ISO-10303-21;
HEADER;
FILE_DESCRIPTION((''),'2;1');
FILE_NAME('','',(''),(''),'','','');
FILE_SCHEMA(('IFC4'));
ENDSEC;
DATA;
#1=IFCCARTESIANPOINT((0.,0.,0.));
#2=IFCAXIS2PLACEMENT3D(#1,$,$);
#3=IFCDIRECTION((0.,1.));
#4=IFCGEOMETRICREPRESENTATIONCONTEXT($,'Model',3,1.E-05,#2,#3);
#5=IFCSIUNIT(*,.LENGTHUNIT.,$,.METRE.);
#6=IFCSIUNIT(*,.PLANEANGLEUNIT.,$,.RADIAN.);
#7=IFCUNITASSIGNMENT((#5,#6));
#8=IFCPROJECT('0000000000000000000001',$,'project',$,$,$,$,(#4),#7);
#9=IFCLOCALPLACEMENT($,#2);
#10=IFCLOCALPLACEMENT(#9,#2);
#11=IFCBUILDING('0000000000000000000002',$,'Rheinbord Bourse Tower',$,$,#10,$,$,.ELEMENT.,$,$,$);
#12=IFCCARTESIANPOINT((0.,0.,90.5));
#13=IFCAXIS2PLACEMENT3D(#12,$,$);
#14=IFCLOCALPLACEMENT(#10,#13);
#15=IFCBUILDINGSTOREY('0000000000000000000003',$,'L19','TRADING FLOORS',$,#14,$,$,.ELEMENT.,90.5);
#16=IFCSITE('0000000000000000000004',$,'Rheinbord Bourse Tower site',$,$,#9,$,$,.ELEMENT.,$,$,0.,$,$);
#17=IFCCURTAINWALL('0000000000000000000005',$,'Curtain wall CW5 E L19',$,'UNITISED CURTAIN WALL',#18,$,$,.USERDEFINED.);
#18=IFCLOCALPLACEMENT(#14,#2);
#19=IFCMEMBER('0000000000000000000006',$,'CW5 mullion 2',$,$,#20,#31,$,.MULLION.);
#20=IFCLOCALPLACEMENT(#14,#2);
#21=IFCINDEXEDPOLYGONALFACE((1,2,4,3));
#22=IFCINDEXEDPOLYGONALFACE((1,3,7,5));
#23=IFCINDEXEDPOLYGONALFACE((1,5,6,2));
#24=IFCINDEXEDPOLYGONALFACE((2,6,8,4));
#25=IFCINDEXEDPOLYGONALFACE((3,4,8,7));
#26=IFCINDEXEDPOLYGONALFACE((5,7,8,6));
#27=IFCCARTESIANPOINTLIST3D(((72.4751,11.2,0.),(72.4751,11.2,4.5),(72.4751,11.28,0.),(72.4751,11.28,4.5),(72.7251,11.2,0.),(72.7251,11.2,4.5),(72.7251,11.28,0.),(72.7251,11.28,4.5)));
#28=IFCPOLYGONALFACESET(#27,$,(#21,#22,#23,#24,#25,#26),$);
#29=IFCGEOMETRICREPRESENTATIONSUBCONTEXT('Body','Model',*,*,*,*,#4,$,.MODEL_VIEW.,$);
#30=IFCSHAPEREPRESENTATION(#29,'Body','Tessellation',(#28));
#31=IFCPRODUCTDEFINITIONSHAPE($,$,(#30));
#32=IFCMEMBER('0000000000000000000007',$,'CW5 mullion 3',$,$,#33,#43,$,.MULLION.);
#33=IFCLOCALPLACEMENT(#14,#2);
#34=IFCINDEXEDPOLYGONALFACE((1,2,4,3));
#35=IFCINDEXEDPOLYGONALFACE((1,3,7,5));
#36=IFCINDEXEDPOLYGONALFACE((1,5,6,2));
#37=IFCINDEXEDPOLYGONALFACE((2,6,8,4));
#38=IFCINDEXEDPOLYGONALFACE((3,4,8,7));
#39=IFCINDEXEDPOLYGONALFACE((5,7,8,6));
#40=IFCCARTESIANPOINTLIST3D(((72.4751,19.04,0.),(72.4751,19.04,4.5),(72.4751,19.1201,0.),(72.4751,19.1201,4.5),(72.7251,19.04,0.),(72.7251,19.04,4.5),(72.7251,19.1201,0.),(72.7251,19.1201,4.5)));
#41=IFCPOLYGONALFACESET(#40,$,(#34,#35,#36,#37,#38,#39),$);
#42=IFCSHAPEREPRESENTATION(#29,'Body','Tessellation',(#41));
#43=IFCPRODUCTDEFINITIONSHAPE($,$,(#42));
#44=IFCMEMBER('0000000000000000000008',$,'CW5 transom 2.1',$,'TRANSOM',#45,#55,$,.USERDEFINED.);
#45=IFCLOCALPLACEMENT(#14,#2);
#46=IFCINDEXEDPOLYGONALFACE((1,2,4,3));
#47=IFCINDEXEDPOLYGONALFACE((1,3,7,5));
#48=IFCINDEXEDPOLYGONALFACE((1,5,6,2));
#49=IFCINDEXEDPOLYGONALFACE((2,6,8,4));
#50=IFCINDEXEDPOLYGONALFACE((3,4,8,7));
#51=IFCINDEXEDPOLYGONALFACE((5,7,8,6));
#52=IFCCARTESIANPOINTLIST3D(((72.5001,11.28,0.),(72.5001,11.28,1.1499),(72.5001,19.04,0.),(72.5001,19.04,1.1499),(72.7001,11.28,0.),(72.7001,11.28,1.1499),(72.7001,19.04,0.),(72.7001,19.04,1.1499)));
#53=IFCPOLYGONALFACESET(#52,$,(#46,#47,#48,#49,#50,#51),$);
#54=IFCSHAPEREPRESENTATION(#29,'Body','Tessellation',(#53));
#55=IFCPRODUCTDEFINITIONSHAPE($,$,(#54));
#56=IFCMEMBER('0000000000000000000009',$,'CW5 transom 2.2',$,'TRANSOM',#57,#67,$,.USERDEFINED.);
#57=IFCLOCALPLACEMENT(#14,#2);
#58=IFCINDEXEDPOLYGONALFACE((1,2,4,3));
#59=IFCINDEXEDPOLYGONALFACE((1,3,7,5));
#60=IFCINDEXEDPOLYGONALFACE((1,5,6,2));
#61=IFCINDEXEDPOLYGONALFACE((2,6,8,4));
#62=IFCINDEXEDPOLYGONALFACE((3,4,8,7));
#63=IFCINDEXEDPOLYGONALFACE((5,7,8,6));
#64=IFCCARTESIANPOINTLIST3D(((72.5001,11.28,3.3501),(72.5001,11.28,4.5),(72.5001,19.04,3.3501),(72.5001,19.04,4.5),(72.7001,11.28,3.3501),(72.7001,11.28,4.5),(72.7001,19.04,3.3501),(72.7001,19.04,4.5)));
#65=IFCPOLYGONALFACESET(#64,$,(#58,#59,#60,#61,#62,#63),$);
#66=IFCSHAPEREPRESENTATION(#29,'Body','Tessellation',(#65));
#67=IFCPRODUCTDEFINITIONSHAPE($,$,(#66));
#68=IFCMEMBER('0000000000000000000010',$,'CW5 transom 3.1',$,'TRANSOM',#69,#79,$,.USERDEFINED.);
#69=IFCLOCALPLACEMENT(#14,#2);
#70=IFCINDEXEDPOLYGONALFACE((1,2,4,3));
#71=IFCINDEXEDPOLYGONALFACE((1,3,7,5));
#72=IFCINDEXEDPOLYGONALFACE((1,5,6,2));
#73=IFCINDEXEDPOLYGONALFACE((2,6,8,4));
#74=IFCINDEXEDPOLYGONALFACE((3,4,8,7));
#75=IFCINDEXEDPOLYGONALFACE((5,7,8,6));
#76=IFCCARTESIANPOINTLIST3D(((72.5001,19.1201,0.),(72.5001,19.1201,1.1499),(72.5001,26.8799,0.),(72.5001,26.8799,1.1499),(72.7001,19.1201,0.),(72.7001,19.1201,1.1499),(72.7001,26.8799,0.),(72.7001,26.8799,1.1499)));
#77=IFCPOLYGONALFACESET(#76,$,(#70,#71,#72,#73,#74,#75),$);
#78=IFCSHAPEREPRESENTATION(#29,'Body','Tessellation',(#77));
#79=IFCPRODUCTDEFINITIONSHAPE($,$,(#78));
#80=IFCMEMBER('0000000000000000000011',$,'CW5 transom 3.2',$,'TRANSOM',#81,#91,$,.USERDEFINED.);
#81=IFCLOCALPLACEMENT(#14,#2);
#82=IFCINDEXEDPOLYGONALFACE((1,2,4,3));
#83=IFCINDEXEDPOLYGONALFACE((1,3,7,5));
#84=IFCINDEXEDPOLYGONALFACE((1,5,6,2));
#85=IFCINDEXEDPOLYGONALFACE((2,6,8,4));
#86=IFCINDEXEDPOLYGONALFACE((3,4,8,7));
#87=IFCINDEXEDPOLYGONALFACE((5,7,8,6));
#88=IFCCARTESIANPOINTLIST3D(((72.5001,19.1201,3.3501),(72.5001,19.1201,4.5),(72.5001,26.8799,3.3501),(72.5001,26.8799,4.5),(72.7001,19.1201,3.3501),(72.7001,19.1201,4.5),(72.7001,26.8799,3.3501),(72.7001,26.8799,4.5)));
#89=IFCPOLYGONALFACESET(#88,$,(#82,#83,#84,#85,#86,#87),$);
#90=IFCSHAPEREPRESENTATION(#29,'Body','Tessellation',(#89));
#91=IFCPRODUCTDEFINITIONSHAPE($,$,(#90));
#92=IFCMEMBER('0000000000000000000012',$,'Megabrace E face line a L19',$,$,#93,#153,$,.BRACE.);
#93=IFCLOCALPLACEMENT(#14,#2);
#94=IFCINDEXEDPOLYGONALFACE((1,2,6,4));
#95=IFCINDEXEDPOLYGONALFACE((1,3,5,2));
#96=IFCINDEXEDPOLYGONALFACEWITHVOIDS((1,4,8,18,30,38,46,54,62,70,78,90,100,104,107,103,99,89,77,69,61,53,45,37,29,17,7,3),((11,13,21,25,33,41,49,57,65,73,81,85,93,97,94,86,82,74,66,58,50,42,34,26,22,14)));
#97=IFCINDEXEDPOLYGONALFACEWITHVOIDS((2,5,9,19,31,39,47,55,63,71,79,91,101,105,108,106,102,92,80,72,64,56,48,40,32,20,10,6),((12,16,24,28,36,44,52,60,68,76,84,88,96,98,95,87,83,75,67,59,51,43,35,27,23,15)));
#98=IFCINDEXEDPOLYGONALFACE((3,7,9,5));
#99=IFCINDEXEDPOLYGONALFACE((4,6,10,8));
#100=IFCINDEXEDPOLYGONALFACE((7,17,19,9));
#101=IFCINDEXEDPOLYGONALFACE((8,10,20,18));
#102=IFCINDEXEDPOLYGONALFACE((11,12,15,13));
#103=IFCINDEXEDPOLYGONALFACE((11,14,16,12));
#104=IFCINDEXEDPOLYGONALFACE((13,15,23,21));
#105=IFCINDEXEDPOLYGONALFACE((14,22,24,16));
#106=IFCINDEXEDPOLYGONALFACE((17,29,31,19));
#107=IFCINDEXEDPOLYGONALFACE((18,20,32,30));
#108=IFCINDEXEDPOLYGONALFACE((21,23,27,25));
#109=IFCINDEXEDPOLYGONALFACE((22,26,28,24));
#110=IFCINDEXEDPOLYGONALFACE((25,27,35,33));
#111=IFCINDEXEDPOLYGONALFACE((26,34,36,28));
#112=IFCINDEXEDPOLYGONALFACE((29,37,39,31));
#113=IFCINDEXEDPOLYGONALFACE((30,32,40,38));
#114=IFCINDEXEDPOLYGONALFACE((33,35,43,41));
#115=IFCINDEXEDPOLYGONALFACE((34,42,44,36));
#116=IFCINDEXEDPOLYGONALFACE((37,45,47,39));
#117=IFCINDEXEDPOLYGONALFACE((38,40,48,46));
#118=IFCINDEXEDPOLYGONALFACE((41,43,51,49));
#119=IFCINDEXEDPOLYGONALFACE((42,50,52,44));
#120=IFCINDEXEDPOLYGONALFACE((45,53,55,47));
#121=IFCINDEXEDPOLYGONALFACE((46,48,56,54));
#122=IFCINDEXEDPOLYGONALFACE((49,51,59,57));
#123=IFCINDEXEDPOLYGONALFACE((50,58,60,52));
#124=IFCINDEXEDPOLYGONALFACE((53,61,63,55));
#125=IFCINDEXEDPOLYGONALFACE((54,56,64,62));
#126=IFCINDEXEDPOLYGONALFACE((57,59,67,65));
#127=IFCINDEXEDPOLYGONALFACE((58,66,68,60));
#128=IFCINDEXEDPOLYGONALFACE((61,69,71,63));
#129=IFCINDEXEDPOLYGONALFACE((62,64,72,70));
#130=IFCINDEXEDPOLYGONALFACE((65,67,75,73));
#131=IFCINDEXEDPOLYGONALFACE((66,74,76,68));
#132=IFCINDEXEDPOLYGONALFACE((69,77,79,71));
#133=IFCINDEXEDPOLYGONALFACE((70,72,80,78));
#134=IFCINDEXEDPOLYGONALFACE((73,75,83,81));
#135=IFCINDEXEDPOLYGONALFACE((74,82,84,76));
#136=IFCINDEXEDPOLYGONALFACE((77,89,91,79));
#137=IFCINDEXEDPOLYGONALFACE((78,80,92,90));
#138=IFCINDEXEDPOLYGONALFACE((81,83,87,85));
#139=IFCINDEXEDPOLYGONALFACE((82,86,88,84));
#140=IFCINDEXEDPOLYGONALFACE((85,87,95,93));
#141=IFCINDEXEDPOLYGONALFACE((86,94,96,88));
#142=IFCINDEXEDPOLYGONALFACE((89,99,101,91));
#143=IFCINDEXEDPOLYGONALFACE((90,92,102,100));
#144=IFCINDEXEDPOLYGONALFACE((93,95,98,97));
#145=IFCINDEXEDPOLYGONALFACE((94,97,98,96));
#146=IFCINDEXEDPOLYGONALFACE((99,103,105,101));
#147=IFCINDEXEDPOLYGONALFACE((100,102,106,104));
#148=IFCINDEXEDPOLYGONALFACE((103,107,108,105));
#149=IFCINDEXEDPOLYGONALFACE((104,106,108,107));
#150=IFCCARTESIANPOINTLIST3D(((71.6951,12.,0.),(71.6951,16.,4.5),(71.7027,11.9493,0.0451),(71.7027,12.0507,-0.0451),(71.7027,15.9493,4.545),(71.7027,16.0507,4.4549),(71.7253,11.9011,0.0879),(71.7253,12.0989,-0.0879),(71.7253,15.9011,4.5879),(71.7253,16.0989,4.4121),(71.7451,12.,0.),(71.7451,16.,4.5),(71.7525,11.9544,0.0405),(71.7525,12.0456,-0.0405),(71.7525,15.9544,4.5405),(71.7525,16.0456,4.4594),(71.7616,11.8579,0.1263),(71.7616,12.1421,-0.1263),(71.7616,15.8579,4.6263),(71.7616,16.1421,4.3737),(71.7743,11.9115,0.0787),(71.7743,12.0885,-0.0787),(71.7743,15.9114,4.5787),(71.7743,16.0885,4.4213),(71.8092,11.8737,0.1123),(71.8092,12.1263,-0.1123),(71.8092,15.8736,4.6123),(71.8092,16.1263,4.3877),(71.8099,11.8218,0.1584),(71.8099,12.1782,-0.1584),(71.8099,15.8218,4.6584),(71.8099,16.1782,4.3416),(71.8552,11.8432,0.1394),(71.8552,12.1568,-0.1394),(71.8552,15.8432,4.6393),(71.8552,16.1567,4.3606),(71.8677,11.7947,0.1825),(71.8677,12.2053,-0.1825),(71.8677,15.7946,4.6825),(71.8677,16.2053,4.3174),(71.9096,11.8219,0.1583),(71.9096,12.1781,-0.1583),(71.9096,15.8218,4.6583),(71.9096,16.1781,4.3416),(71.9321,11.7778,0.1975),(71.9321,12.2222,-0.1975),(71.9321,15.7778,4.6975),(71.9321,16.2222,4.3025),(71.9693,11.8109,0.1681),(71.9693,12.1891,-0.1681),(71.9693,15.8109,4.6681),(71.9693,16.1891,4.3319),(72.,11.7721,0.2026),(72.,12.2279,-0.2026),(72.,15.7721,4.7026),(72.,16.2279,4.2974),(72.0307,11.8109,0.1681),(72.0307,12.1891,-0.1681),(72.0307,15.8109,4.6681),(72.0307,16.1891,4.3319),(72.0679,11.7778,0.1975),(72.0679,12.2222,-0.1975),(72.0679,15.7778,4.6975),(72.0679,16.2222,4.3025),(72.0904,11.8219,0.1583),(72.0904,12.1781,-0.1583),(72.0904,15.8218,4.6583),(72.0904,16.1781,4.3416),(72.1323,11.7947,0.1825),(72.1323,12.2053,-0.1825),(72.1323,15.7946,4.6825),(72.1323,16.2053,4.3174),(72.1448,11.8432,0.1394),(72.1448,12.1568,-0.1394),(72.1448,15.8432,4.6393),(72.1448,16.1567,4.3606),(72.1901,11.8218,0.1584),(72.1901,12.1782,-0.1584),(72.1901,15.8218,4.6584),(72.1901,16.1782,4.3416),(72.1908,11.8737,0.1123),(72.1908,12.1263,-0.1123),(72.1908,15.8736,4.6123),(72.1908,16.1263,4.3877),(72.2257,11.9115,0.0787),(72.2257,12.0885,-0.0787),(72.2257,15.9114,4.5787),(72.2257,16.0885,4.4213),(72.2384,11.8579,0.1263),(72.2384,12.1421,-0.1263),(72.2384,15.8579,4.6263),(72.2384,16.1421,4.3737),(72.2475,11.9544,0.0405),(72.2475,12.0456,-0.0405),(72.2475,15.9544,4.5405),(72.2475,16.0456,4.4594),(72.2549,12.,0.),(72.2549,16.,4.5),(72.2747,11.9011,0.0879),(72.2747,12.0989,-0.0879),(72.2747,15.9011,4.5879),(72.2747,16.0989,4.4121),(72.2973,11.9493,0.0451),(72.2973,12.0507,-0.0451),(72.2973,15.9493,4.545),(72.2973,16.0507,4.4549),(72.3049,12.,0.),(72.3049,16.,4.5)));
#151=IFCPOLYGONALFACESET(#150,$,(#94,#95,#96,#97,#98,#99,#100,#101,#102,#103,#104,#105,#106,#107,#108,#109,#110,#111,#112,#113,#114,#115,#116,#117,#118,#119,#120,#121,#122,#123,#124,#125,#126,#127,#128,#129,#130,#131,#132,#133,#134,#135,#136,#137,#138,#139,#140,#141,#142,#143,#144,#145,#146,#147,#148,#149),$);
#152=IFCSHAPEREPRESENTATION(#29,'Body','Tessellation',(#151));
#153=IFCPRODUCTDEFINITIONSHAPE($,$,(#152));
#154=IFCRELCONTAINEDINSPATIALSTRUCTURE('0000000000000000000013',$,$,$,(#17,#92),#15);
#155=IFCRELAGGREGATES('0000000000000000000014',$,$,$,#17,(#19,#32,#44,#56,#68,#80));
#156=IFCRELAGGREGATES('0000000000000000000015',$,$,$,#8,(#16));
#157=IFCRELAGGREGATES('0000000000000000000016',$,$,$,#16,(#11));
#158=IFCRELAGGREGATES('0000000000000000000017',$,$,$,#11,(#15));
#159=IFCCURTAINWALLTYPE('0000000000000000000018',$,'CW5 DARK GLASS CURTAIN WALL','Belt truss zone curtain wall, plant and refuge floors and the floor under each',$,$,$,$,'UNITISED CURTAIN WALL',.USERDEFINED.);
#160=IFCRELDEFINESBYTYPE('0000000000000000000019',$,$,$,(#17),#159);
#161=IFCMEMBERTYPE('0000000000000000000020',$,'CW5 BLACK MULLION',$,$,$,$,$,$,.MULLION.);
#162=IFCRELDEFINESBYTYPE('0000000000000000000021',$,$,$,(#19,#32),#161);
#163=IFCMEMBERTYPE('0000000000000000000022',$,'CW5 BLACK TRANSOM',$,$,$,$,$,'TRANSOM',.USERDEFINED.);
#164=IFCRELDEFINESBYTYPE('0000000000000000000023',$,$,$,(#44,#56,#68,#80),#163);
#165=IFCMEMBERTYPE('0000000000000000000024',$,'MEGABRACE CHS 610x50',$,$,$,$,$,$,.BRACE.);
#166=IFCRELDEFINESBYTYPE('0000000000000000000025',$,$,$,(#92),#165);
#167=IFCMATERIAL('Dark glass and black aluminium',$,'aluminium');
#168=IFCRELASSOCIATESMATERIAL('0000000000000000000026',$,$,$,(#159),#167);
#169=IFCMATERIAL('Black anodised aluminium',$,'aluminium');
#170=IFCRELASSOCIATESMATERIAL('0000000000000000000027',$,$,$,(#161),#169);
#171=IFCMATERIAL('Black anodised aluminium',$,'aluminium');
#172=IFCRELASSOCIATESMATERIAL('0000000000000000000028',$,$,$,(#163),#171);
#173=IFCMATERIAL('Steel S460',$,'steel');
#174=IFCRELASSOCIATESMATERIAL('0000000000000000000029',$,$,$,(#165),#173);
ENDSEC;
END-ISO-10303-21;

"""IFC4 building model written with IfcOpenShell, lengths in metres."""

from ifc_helpers import new_model, si_unit, direction, frame, origin, origin_2d, place, context, subcontext, project, spatial, rectangle, hollow_circle, extrude, material, material_profile, profile_set, type_object, element, aggregate, save


model = new_model("IFC4")

# Units and contexts
model_context = context("Model", 3, precision=1e-05, world=origin(), true_north=direction((0.0, 1.0)))
body_context = subcontext(model_context, "Body", "Model", "MODEL_VIEW")
ifc_project = project(units=[si_unit("LENGTHUNIT", "METRE"), si_unit("PLANEANGLEUNIT", "RADIAN")], contexts=[model_context])

# Site, building, storey
site_placement = place(None, origin())
site = spatial("IfcSite", under=ifc_project, at=site_placement, Name="Rheinbord Bourse Tower site", CompositionType="ELEMENT", RefElevation=0.0)
building_placement = place(site_placement, origin())
building = spatial("IfcBuilding", under=site, at=building_placement, Name="Rheinbord Bourse Tower", CompositionType="ELEMENT")
storey_placement = place(building_placement, frame((0.0, 0.0, 90.5)))
storey = spatial("IfcBuildingStorey", under=building, at=storey_placement, Name="L19", Description="TRADING FLOORS", CompositionType="ELEMENT", Elevation=90.5)

# Curtain wall, members
ifc_material_1 = material(Name="Dark glass and black aluminium", Category="aluminium")
curtain_wall_type = type_object("IfcCurtainWallType", Name="CW5 DARK GLASS CURTAIN WALL", Description="Belt truss zone curtain wall, plant and refuge floors and the floor under each", ElementType="UNITISED CURTAIN WALL", PredefinedType="USERDEFINED", material=ifc_material_1)
curtain_wall_placement = place(storey_placement, origin())
curtain_wall = element("IfcCurtainWall", 1, at=curtain_wall_placement, inside=storey, type_object=curtain_wall_type, Name="Curtain wall CW5 E L19", ObjectType="UNITISED CURTAIN WALL", PredefinedType="USERDEFINED")
ifc_material_2 = material(Name="Black anodised aluminium", Category="aluminium")
ifc_material_profile_1 = material_profile(ifc_material_2, rectangle(XDim=0.25, YDim=0.0801, at=origin_2d()), Name="CW5 MULLION 80x250")
ifc_profile_set_1 = profile_set([ifc_material_profile_1], Name="Black anodised aluminium")
member_type_1 = type_object("IfcMemberType", Name="CW5 BLACK MULLION", PredefinedType="MULLION", material=ifc_profile_set_1)
member_1_placement = place(storey_placement, frame((72.6001, 11.24, 0.0), z_axis=(0.0, 0.0, 1.0), x_axis=(-1.0, 0.0, 0.0)))
member_1 = element("IfcMember", 2, at=member_1_placement, type_object=member_type_1, Name="CW5 mullion 2", PredefinedType="MULLION", context=body_context, shape_type="SweptSolid", body=[
    extrude(rectangle(XDim=0.25, YDim=0.0801, at=origin_2d()), origin(), (0.0, 0.0, 1.0), 4.5),
])
member_2_placement = place(storey_placement, frame((72.6001, 19.0801, 0.0), z_axis=(0.0, 0.0, 1.0), x_axis=(-1.0, 0.0, 0.0)))
member_2 = element("IfcMember", 3, at=member_2_placement, type_object=member_type_1, Name="CW5 mullion 3", PredefinedType="MULLION", context=body_context, shape_type="SweptSolid", body=[
    extrude(rectangle(XDim=0.25, YDim=0.0801, at=origin_2d()), origin(), (0.0, 0.0, 1.0), 4.5),
])
ifc_material_3 = material(Name="Black anodised aluminium", Category="aluminium")
ifc_material_profile_2 = material_profile(ifc_material_3, rectangle(XDim=0.2, YDim=1.1499, at=origin_2d()), Name="CW5 TRANSOM 1150x200")
ifc_profile_set_2 = profile_set([ifc_material_profile_2], Name="Black anodised aluminium")
member_type_2 = type_object("IfcMemberType", Name="CW5 BLACK TRANSOM", ElementType="TRANSOM", PredefinedType="USERDEFINED", material=ifc_profile_set_2)
member_3_placement = place(storey_placement, frame((72.6001, 11.28, 0.575), z_axis=(0.0, 1.0, 0.0), x_axis=(-1.0, 0.0, 0.0)))
member_3 = element("IfcMember", 4, at=member_3_placement, type_object=member_type_2, Name="CW5 transom 2.1", ObjectType="TRANSOM", PredefinedType="USERDEFINED", context=body_context, shape_type="SweptSolid", body=[
    extrude(rectangle(XDim=0.2, YDim=1.1499, at=origin_2d()), origin(), (0.0, 0.0, 1.0), 7.76),
])
member_4_placement = place(storey_placement, frame((72.6001, 11.28, 3.925), z_axis=(0.0, 1.0, 0.0), x_axis=(-1.0, 0.0, 0.0)))
member_4 = element("IfcMember", 5, at=member_4_placement, type_object=member_type_2, Name="CW5 transom 2.2", ObjectType="TRANSOM", PredefinedType="USERDEFINED", context=body_context, shape_type="SweptSolid", body=[
    extrude(rectangle(XDim=0.2, YDim=1.1499, at=origin_2d()), origin(), (0.0, 0.0, 1.0), 7.76),
])
member_5_placement = place(storey_placement, frame((72.6001, 19.1201, 0.575), z_axis=(0.0, 1.0, 0.0), x_axis=(-1.0, 0.0, 0.0)))
member_5 = element("IfcMember", 6, at=member_5_placement, type_object=member_type_2, Name="CW5 transom 3.1", ObjectType="TRANSOM", PredefinedType="USERDEFINED", context=body_context, shape_type="SweptSolid", body=[
    extrude(rectangle(XDim=0.2, YDim=1.1499, at=origin_2d()), origin(), (0.0, 0.0, 1.0), 7.7598),
])
member_6_placement = place(storey_placement, frame((72.6001, 19.1201, 3.925), z_axis=(0.0, 1.0, 0.0), x_axis=(-1.0, 0.0, 0.0)))
member_6 = element("IfcMember", 7, at=member_6_placement, type_object=member_type_2, Name="CW5 transom 3.2", ObjectType="TRANSOM", PredefinedType="USERDEFINED", context=body_context, shape_type="SweptSolid", body=[
    extrude(rectangle(XDim=0.2, YDim=1.1499, at=origin_2d()), origin(), (0.0, 0.0, 1.0), 7.7598),
])

# Member
ifc_material_4 = material(Name="Steel S460", Category="steel")
ifc_material_profile_3 = material_profile(ifc_material_4, hollow_circle(Radius=0.3049, WallThickness=0.05, at=origin_2d()), Name="CHS 610x50")
ifc_profile_set_3 = profile_set([ifc_material_profile_3], Name="Steel S460")
member_type_3 = type_object("IfcMemberType", Name="MEGABRACE CHS 610x50", PredefinedType="BRACE", material=ifc_profile_set_3)
for number, where, z_axis, x_axis, name in (
    (8, (72.0, 12.0, 0.0), (0.0, 0.664364, 0.747409), (-1.0, 0.0, 0.0), "Megabrace E face line a L19"),
):
    element("IfcMember", number, at=place(storey_placement, frame(where, z_axis=z_axis, x_axis=x_axis)), inside=storey, type_object=member_type_3, Name=name, PredefinedType="BRACE", context=body_context, shape_type="SweptSolid", body=[
        extrude(hollow_circle(Radius=0.3049, WallThickness=0.05, at=origin_2d()), origin(), (0.0, 0.0, 1.0), 6.0208),
    ])

aggregate(curtain_wall, [member_1, member_2, member_3, member_4, member_5, member_6])

save(model, "model.ifc")
